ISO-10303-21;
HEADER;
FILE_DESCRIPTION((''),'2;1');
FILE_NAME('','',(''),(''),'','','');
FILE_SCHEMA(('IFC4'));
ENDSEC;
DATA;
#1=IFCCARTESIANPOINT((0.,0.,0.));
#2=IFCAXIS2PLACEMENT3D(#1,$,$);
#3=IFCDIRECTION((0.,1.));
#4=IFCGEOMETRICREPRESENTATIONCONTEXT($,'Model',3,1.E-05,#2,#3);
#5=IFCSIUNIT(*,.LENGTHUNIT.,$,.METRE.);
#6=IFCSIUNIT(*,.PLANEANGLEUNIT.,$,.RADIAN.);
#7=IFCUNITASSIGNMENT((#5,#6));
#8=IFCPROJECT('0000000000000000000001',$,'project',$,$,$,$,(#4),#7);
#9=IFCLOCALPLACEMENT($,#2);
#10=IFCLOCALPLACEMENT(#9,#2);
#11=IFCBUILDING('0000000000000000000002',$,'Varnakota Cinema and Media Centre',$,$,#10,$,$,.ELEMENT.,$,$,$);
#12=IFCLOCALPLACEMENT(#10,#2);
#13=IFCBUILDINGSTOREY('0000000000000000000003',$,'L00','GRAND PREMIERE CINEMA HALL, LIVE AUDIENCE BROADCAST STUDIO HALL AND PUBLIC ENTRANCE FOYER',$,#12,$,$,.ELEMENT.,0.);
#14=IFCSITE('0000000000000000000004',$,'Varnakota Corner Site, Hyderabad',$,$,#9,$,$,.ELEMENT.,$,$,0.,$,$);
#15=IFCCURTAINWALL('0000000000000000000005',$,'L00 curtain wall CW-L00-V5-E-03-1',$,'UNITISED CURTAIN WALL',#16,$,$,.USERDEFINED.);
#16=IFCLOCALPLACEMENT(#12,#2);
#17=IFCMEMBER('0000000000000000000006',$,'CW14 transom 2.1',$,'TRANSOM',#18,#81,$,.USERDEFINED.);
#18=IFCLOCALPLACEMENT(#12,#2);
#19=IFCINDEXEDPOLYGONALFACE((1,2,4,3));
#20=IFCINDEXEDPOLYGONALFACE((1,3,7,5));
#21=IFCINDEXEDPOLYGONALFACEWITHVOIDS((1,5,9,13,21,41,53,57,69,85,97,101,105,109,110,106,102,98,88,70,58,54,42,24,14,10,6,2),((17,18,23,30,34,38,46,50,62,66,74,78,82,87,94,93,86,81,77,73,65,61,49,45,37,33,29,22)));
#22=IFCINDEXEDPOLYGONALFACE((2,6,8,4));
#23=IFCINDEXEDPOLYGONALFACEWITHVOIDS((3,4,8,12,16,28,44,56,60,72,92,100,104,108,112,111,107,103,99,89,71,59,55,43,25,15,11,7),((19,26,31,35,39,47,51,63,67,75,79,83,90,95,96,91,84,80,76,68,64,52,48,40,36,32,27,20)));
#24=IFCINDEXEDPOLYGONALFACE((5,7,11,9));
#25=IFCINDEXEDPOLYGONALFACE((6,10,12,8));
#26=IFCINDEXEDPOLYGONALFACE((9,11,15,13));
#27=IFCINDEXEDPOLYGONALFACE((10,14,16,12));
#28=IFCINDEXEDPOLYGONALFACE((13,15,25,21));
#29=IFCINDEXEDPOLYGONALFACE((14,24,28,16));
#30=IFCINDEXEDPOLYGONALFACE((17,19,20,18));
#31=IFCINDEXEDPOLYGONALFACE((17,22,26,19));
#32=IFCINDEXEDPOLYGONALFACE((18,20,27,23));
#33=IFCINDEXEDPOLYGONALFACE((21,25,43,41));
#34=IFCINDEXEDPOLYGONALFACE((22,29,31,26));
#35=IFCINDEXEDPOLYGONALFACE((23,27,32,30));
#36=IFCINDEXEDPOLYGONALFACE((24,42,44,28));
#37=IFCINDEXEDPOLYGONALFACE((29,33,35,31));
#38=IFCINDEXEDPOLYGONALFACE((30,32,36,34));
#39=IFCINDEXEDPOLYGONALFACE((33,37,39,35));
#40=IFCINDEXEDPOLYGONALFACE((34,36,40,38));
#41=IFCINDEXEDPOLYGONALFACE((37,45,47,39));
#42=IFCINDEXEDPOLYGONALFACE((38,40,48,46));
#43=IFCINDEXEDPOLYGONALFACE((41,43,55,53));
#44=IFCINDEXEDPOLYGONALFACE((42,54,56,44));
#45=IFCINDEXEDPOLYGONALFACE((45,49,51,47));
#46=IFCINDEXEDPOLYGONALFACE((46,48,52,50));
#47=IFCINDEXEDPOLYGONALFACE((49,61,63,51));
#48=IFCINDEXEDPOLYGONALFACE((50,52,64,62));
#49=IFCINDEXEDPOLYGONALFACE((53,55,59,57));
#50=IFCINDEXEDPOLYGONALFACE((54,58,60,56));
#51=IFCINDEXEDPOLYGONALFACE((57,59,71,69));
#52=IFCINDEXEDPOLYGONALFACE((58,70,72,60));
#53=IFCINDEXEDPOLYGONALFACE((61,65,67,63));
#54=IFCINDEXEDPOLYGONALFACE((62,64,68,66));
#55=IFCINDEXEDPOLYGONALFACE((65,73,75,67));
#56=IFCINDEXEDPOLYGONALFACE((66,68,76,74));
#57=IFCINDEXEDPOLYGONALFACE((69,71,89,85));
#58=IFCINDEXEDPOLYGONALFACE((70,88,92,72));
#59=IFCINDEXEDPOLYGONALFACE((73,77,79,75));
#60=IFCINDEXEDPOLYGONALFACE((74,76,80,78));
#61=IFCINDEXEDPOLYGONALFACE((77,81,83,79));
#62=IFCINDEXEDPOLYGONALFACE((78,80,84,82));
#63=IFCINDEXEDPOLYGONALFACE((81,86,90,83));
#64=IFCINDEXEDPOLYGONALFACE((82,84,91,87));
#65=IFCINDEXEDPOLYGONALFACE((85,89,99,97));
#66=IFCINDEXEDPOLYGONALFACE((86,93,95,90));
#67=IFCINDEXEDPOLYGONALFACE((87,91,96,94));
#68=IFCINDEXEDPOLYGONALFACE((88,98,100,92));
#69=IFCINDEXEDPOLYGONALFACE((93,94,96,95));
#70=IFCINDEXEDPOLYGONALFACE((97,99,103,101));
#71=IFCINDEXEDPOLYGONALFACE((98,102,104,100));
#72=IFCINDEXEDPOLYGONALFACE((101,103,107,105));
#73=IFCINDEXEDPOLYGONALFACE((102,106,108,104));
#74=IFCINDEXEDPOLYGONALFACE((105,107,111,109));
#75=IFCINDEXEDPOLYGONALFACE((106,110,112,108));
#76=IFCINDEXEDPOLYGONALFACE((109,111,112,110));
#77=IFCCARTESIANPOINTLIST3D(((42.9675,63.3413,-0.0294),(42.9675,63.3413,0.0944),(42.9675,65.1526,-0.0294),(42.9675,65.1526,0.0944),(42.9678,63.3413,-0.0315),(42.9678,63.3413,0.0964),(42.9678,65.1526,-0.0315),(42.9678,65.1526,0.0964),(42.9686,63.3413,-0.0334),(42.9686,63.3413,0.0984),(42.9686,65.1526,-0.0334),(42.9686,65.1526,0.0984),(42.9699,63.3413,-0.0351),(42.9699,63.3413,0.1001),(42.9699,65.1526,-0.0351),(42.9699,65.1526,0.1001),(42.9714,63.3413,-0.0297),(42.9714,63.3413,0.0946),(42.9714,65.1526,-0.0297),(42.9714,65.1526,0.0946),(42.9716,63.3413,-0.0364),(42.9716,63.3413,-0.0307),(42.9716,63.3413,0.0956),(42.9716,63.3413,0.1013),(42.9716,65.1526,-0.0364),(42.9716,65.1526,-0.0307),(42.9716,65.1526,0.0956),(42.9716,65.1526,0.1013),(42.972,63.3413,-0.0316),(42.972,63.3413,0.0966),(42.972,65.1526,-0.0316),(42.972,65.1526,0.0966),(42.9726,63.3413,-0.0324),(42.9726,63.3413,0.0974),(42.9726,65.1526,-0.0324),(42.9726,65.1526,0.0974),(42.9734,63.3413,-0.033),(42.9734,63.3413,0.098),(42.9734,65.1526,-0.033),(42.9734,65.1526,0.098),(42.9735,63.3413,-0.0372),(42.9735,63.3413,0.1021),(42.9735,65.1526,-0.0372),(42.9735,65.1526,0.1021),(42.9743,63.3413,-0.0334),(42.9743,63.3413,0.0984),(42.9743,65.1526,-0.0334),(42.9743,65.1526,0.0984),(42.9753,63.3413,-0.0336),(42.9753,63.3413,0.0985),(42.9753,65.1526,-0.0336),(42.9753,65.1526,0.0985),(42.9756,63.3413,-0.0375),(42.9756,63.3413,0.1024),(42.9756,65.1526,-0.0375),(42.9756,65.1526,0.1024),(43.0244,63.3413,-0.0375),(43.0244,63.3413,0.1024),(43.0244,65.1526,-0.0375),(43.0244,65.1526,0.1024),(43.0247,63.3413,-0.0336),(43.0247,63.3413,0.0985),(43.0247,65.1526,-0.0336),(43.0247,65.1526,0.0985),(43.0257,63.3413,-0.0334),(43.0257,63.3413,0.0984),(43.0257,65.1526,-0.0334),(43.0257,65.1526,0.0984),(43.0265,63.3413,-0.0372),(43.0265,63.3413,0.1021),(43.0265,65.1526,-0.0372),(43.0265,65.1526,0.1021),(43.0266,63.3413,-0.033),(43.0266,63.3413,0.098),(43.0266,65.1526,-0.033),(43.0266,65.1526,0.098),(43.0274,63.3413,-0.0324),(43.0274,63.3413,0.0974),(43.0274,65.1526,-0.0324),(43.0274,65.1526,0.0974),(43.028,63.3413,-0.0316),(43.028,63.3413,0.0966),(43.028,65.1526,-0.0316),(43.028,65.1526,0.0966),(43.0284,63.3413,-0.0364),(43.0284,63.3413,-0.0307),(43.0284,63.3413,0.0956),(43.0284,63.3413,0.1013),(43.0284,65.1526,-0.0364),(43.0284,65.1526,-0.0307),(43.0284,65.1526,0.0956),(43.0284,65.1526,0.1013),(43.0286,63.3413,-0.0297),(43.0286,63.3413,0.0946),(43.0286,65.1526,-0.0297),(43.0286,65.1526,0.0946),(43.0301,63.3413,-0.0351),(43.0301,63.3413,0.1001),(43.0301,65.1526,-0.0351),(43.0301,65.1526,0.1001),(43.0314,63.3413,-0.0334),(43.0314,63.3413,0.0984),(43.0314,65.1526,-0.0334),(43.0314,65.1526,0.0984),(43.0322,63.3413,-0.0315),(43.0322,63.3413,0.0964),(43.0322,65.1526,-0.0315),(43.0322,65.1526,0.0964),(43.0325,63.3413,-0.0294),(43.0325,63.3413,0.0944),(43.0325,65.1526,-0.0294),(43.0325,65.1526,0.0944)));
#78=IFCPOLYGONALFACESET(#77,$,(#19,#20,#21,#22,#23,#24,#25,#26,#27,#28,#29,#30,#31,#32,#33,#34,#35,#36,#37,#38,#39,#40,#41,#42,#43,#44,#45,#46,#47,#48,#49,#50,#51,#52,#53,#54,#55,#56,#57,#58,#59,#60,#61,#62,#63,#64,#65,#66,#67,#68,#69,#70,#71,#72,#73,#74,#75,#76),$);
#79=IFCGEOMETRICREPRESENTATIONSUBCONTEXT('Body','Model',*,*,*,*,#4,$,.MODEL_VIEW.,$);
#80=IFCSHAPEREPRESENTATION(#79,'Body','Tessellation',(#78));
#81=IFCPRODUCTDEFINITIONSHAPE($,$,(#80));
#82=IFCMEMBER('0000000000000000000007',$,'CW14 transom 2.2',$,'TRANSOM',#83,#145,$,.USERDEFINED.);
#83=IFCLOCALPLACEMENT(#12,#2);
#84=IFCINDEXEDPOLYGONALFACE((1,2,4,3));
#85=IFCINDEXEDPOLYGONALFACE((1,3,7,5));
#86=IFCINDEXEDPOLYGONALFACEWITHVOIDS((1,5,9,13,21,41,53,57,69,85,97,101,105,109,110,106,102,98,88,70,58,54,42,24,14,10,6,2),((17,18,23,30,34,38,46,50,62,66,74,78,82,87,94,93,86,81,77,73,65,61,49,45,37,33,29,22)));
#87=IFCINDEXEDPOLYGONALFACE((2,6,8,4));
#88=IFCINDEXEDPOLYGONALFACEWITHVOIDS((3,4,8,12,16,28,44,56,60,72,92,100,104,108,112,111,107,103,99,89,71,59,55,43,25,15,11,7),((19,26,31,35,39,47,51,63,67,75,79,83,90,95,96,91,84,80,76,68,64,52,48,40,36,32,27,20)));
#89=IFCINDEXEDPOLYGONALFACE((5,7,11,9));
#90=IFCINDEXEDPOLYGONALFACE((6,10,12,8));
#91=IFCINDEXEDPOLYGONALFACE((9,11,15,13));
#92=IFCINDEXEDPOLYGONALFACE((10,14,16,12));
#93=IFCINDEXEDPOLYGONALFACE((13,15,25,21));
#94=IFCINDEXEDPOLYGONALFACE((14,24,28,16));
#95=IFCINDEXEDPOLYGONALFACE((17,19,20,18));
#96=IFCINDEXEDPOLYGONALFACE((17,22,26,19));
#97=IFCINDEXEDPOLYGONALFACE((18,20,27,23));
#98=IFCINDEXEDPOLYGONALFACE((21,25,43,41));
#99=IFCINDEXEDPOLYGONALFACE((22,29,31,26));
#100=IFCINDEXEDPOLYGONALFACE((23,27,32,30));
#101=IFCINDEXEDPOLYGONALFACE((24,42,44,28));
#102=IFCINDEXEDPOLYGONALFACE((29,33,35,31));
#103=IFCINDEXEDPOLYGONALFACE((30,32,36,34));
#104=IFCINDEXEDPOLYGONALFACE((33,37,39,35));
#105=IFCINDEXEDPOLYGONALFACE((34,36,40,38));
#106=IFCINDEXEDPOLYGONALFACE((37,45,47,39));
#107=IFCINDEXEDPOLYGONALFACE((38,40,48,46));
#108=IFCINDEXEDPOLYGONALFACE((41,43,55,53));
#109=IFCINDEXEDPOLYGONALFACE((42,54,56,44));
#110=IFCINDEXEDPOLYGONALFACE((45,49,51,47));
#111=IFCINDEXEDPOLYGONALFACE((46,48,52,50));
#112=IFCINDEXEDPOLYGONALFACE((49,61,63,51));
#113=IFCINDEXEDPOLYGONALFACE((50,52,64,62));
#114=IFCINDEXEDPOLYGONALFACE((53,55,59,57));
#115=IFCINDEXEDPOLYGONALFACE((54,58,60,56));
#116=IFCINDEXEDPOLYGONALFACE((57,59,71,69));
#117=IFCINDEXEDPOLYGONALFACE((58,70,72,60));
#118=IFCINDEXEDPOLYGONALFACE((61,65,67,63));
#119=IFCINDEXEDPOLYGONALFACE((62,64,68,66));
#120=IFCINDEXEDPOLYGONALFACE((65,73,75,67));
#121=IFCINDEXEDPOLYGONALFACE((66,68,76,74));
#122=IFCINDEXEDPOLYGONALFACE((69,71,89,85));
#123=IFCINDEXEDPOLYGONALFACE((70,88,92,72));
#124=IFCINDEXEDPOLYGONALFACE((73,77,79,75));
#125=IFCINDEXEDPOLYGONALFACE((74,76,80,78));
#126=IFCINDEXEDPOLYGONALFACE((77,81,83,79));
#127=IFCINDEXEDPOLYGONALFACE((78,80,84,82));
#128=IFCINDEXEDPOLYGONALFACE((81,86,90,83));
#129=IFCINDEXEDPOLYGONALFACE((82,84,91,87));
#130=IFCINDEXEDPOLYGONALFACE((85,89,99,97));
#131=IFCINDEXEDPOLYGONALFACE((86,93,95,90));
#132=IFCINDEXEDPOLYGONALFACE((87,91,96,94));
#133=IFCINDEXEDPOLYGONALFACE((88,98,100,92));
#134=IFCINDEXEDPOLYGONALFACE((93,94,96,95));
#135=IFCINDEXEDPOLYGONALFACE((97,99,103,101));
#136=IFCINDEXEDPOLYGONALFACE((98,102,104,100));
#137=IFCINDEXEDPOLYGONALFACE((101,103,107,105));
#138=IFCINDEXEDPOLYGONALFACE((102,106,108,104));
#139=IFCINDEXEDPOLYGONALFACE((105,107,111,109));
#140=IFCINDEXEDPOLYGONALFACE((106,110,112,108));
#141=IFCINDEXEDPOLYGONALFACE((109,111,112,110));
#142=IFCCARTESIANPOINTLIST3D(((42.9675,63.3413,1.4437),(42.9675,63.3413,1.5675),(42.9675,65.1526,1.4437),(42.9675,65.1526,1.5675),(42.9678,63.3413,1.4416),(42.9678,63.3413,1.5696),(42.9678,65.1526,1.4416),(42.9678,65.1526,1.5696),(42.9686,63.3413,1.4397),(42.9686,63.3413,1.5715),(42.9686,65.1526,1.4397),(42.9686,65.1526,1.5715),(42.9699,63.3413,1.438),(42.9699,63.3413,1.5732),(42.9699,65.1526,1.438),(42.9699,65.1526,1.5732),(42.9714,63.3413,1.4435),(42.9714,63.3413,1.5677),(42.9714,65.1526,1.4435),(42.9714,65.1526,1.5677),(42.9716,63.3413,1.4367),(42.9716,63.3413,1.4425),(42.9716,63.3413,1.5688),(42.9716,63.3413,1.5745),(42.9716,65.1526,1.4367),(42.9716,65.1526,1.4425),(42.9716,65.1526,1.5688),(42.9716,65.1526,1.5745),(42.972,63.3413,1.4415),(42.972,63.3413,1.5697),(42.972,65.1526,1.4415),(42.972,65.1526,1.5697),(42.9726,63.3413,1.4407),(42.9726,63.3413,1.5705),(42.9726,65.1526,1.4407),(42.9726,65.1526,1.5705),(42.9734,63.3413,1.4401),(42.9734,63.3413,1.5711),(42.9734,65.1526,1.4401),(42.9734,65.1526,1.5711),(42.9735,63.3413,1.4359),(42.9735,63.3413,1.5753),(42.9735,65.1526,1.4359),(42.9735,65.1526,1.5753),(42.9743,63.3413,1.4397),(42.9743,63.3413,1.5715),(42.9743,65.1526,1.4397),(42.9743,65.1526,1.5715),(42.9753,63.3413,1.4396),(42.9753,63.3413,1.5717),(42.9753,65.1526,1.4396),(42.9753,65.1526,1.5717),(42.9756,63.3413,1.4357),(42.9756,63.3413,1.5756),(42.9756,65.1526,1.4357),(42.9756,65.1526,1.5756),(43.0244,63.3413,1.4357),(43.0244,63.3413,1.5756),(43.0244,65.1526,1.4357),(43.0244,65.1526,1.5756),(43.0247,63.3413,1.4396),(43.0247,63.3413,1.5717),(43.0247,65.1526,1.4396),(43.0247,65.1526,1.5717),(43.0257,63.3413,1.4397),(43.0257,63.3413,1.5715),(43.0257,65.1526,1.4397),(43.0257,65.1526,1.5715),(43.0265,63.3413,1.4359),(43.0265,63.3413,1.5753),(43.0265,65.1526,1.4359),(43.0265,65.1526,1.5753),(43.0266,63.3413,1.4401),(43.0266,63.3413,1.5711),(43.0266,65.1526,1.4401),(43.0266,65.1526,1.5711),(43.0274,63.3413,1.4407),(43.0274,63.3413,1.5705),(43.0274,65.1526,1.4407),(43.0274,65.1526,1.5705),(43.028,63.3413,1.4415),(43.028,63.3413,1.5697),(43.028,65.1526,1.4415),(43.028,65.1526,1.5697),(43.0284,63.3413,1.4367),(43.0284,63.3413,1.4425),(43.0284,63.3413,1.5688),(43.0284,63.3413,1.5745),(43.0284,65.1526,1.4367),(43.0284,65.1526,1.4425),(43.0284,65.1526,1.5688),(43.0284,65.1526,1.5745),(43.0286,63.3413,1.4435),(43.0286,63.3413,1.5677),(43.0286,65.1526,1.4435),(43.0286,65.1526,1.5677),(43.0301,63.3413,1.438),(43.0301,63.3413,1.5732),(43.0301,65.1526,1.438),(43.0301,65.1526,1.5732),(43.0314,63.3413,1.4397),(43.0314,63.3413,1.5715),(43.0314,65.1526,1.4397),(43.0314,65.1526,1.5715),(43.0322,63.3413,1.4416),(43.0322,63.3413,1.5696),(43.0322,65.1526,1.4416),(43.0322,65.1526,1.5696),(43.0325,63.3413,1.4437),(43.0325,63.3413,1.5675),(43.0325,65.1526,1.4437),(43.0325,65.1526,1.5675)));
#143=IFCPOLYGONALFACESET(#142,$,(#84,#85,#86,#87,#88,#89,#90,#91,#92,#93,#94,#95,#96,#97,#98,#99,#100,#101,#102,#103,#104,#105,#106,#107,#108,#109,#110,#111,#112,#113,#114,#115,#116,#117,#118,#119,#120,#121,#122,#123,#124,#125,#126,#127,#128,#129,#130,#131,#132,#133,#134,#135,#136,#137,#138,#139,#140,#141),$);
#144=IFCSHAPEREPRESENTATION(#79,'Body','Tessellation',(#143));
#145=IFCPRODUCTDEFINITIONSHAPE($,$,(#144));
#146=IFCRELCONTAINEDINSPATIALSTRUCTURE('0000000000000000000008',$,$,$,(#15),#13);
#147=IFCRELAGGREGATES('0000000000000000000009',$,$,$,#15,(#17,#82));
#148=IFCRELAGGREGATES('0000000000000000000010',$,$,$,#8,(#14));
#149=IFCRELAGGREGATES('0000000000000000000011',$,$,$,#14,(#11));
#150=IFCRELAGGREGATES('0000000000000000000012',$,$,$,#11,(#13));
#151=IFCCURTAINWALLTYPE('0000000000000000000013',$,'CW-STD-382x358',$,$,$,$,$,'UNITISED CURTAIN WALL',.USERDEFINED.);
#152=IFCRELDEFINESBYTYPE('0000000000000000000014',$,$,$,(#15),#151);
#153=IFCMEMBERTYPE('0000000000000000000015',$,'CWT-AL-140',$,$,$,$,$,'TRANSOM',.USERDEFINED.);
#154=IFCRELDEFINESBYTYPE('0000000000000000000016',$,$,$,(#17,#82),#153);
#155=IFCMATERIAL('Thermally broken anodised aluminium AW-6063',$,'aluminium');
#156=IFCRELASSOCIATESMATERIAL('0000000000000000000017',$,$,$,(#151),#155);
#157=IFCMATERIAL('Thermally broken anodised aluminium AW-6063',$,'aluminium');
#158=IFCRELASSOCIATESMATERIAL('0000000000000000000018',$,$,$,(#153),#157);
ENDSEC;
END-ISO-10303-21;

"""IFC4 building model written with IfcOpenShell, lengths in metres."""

from ifc_helpers import new_model, si_unit, direction, frame, origin, origin_2d, place, context, subcontext, project, spatial, hollow_rectangle, extrude, material, material_profile, profile_set, type_object, element, aggregate, save


model = new_model("IFC4")

# Units and contexts
model_context = context("Model", 3, precision=1e-05, world=origin(), true_north=direction((0.0, 1.0)))
body_context = subcontext(model_context, "Body", "Model", "MODEL_VIEW")
ifc_project = project(units=[si_unit("LENGTHUNIT", "METRE"), si_unit("PLANEANGLEUNIT", "RADIAN")], contexts=[model_context])

# Site, building, storey
site_placement = place(None, origin())
site = spatial("IfcSite", under=ifc_project, at=site_placement, Name="Varnakota Corner Site, Hyderabad", CompositionType="ELEMENT", RefElevation=0.0)
building_placement = place(site_placement, origin())
building = spatial("IfcBuilding", under=site, at=building_placement, Name="Varnakota Cinema and Media Centre", CompositionType="ELEMENT")
storey_placement = place(building_placement, origin())
storey = spatial("IfcBuildingStorey", under=building, at=storey_placement, Name="L00", Description="GRAND PREMIERE CINEMA HALL, LIVE AUDIENCE BROADCAST STUDIO HALL AND PUBLIC ENTRANCE FOYER", CompositionType="ELEMENT", Elevation=0.0)

# Curtain wall
ifc_material_1 = material(Name="Thermally broken anodised aluminium AW-6063", Category="aluminium")
curtain_wall_type = type_object("IfcCurtainWallType", Name="CW-STD-382x358", ElementType="UNITISED CURTAIN WALL", PredefinedType="USERDEFINED", material=ifc_material_1)
curtain_wall_1_placement = place(storey_placement, origin())
curtain_wall_1 = element("IfcCurtainWall", 1, at=curtain_wall_1_placement, inside=storey, type_object=curtain_wall_type, Name="L00 curtain wall CW-L00-V5-E-03-1", ObjectType="UNITISED CURTAIN WALL", PredefinedType="USERDEFINED")

# Members
ifc_material_2 = material(Name="Thermally broken anodised aluminium AW-6063", Category="aluminium")
ifc_material_profile_1 = material_profile(ifc_material_2, hollow_rectangle(XDim=0.0649, YDim=0.1399, WallThickness=0.0039, InnerFilletRadius=0.0039, OuterFilletRadius=0.0081, at=origin_2d()), Name="AL-TRANSOM 140x65x4")
ifc_profile_set_1 = profile_set([ifc_material_profile_1], Name="Thermally broken anodised aluminium AW-6063")
member_type_1 = type_object("IfcMemberType", Name="CWT-AL-140", ElementType="TRANSOM", PredefinedType="USERDEFINED", material=ifc_profile_set_1)
member_1_placement = place(storey_placement, frame((43.0, 63.3413, 0.0325), z_axis=(0.0, 1.0, 0.0), x_axis=(-1.0, 0.0, 0.0)))
member_1 = element("IfcMember", 2, at=member_1_placement, type_object=member_type_1, Name="CW14 transom 2.1", ObjectType="TRANSOM", PredefinedType="USERDEFINED", context=body_context, shape_type="SweptSolid", body=[
    extrude(hollow_rectangle(XDim=0.0649, YDim=0.1399, WallThickness=0.0039, InnerFilletRadius=0.0039, OuterFilletRadius=0.0081, at=origin_2d()), origin(), (0.0, 0.0, 1.0), 1.8113),
])
member_2_placement = place(storey_placement, frame((43.0, 63.3413, 1.5056), z_axis=(0.0, 1.0, 0.0), x_axis=(-1.0, 0.0, 0.0)))
member_2 = element("IfcMember", 3, at=member_2_placement, type_object=member_type_1, Name="CW14 transom 2.2", ObjectType="TRANSOM", PredefinedType="USERDEFINED", context=body_context, shape_type="SweptSolid", body=[
    extrude(hollow_rectangle(XDim=0.0649, YDim=0.1399, WallThickness=0.0039, InnerFilletRadius=0.0039, OuterFilletRadius=0.0081, at=origin_2d()), origin(), (0.0, 0.0, 1.0), 1.8113),
])

aggregate(curtain_wall_1, [member_1, member_2])

save(model, "model.ifc")
